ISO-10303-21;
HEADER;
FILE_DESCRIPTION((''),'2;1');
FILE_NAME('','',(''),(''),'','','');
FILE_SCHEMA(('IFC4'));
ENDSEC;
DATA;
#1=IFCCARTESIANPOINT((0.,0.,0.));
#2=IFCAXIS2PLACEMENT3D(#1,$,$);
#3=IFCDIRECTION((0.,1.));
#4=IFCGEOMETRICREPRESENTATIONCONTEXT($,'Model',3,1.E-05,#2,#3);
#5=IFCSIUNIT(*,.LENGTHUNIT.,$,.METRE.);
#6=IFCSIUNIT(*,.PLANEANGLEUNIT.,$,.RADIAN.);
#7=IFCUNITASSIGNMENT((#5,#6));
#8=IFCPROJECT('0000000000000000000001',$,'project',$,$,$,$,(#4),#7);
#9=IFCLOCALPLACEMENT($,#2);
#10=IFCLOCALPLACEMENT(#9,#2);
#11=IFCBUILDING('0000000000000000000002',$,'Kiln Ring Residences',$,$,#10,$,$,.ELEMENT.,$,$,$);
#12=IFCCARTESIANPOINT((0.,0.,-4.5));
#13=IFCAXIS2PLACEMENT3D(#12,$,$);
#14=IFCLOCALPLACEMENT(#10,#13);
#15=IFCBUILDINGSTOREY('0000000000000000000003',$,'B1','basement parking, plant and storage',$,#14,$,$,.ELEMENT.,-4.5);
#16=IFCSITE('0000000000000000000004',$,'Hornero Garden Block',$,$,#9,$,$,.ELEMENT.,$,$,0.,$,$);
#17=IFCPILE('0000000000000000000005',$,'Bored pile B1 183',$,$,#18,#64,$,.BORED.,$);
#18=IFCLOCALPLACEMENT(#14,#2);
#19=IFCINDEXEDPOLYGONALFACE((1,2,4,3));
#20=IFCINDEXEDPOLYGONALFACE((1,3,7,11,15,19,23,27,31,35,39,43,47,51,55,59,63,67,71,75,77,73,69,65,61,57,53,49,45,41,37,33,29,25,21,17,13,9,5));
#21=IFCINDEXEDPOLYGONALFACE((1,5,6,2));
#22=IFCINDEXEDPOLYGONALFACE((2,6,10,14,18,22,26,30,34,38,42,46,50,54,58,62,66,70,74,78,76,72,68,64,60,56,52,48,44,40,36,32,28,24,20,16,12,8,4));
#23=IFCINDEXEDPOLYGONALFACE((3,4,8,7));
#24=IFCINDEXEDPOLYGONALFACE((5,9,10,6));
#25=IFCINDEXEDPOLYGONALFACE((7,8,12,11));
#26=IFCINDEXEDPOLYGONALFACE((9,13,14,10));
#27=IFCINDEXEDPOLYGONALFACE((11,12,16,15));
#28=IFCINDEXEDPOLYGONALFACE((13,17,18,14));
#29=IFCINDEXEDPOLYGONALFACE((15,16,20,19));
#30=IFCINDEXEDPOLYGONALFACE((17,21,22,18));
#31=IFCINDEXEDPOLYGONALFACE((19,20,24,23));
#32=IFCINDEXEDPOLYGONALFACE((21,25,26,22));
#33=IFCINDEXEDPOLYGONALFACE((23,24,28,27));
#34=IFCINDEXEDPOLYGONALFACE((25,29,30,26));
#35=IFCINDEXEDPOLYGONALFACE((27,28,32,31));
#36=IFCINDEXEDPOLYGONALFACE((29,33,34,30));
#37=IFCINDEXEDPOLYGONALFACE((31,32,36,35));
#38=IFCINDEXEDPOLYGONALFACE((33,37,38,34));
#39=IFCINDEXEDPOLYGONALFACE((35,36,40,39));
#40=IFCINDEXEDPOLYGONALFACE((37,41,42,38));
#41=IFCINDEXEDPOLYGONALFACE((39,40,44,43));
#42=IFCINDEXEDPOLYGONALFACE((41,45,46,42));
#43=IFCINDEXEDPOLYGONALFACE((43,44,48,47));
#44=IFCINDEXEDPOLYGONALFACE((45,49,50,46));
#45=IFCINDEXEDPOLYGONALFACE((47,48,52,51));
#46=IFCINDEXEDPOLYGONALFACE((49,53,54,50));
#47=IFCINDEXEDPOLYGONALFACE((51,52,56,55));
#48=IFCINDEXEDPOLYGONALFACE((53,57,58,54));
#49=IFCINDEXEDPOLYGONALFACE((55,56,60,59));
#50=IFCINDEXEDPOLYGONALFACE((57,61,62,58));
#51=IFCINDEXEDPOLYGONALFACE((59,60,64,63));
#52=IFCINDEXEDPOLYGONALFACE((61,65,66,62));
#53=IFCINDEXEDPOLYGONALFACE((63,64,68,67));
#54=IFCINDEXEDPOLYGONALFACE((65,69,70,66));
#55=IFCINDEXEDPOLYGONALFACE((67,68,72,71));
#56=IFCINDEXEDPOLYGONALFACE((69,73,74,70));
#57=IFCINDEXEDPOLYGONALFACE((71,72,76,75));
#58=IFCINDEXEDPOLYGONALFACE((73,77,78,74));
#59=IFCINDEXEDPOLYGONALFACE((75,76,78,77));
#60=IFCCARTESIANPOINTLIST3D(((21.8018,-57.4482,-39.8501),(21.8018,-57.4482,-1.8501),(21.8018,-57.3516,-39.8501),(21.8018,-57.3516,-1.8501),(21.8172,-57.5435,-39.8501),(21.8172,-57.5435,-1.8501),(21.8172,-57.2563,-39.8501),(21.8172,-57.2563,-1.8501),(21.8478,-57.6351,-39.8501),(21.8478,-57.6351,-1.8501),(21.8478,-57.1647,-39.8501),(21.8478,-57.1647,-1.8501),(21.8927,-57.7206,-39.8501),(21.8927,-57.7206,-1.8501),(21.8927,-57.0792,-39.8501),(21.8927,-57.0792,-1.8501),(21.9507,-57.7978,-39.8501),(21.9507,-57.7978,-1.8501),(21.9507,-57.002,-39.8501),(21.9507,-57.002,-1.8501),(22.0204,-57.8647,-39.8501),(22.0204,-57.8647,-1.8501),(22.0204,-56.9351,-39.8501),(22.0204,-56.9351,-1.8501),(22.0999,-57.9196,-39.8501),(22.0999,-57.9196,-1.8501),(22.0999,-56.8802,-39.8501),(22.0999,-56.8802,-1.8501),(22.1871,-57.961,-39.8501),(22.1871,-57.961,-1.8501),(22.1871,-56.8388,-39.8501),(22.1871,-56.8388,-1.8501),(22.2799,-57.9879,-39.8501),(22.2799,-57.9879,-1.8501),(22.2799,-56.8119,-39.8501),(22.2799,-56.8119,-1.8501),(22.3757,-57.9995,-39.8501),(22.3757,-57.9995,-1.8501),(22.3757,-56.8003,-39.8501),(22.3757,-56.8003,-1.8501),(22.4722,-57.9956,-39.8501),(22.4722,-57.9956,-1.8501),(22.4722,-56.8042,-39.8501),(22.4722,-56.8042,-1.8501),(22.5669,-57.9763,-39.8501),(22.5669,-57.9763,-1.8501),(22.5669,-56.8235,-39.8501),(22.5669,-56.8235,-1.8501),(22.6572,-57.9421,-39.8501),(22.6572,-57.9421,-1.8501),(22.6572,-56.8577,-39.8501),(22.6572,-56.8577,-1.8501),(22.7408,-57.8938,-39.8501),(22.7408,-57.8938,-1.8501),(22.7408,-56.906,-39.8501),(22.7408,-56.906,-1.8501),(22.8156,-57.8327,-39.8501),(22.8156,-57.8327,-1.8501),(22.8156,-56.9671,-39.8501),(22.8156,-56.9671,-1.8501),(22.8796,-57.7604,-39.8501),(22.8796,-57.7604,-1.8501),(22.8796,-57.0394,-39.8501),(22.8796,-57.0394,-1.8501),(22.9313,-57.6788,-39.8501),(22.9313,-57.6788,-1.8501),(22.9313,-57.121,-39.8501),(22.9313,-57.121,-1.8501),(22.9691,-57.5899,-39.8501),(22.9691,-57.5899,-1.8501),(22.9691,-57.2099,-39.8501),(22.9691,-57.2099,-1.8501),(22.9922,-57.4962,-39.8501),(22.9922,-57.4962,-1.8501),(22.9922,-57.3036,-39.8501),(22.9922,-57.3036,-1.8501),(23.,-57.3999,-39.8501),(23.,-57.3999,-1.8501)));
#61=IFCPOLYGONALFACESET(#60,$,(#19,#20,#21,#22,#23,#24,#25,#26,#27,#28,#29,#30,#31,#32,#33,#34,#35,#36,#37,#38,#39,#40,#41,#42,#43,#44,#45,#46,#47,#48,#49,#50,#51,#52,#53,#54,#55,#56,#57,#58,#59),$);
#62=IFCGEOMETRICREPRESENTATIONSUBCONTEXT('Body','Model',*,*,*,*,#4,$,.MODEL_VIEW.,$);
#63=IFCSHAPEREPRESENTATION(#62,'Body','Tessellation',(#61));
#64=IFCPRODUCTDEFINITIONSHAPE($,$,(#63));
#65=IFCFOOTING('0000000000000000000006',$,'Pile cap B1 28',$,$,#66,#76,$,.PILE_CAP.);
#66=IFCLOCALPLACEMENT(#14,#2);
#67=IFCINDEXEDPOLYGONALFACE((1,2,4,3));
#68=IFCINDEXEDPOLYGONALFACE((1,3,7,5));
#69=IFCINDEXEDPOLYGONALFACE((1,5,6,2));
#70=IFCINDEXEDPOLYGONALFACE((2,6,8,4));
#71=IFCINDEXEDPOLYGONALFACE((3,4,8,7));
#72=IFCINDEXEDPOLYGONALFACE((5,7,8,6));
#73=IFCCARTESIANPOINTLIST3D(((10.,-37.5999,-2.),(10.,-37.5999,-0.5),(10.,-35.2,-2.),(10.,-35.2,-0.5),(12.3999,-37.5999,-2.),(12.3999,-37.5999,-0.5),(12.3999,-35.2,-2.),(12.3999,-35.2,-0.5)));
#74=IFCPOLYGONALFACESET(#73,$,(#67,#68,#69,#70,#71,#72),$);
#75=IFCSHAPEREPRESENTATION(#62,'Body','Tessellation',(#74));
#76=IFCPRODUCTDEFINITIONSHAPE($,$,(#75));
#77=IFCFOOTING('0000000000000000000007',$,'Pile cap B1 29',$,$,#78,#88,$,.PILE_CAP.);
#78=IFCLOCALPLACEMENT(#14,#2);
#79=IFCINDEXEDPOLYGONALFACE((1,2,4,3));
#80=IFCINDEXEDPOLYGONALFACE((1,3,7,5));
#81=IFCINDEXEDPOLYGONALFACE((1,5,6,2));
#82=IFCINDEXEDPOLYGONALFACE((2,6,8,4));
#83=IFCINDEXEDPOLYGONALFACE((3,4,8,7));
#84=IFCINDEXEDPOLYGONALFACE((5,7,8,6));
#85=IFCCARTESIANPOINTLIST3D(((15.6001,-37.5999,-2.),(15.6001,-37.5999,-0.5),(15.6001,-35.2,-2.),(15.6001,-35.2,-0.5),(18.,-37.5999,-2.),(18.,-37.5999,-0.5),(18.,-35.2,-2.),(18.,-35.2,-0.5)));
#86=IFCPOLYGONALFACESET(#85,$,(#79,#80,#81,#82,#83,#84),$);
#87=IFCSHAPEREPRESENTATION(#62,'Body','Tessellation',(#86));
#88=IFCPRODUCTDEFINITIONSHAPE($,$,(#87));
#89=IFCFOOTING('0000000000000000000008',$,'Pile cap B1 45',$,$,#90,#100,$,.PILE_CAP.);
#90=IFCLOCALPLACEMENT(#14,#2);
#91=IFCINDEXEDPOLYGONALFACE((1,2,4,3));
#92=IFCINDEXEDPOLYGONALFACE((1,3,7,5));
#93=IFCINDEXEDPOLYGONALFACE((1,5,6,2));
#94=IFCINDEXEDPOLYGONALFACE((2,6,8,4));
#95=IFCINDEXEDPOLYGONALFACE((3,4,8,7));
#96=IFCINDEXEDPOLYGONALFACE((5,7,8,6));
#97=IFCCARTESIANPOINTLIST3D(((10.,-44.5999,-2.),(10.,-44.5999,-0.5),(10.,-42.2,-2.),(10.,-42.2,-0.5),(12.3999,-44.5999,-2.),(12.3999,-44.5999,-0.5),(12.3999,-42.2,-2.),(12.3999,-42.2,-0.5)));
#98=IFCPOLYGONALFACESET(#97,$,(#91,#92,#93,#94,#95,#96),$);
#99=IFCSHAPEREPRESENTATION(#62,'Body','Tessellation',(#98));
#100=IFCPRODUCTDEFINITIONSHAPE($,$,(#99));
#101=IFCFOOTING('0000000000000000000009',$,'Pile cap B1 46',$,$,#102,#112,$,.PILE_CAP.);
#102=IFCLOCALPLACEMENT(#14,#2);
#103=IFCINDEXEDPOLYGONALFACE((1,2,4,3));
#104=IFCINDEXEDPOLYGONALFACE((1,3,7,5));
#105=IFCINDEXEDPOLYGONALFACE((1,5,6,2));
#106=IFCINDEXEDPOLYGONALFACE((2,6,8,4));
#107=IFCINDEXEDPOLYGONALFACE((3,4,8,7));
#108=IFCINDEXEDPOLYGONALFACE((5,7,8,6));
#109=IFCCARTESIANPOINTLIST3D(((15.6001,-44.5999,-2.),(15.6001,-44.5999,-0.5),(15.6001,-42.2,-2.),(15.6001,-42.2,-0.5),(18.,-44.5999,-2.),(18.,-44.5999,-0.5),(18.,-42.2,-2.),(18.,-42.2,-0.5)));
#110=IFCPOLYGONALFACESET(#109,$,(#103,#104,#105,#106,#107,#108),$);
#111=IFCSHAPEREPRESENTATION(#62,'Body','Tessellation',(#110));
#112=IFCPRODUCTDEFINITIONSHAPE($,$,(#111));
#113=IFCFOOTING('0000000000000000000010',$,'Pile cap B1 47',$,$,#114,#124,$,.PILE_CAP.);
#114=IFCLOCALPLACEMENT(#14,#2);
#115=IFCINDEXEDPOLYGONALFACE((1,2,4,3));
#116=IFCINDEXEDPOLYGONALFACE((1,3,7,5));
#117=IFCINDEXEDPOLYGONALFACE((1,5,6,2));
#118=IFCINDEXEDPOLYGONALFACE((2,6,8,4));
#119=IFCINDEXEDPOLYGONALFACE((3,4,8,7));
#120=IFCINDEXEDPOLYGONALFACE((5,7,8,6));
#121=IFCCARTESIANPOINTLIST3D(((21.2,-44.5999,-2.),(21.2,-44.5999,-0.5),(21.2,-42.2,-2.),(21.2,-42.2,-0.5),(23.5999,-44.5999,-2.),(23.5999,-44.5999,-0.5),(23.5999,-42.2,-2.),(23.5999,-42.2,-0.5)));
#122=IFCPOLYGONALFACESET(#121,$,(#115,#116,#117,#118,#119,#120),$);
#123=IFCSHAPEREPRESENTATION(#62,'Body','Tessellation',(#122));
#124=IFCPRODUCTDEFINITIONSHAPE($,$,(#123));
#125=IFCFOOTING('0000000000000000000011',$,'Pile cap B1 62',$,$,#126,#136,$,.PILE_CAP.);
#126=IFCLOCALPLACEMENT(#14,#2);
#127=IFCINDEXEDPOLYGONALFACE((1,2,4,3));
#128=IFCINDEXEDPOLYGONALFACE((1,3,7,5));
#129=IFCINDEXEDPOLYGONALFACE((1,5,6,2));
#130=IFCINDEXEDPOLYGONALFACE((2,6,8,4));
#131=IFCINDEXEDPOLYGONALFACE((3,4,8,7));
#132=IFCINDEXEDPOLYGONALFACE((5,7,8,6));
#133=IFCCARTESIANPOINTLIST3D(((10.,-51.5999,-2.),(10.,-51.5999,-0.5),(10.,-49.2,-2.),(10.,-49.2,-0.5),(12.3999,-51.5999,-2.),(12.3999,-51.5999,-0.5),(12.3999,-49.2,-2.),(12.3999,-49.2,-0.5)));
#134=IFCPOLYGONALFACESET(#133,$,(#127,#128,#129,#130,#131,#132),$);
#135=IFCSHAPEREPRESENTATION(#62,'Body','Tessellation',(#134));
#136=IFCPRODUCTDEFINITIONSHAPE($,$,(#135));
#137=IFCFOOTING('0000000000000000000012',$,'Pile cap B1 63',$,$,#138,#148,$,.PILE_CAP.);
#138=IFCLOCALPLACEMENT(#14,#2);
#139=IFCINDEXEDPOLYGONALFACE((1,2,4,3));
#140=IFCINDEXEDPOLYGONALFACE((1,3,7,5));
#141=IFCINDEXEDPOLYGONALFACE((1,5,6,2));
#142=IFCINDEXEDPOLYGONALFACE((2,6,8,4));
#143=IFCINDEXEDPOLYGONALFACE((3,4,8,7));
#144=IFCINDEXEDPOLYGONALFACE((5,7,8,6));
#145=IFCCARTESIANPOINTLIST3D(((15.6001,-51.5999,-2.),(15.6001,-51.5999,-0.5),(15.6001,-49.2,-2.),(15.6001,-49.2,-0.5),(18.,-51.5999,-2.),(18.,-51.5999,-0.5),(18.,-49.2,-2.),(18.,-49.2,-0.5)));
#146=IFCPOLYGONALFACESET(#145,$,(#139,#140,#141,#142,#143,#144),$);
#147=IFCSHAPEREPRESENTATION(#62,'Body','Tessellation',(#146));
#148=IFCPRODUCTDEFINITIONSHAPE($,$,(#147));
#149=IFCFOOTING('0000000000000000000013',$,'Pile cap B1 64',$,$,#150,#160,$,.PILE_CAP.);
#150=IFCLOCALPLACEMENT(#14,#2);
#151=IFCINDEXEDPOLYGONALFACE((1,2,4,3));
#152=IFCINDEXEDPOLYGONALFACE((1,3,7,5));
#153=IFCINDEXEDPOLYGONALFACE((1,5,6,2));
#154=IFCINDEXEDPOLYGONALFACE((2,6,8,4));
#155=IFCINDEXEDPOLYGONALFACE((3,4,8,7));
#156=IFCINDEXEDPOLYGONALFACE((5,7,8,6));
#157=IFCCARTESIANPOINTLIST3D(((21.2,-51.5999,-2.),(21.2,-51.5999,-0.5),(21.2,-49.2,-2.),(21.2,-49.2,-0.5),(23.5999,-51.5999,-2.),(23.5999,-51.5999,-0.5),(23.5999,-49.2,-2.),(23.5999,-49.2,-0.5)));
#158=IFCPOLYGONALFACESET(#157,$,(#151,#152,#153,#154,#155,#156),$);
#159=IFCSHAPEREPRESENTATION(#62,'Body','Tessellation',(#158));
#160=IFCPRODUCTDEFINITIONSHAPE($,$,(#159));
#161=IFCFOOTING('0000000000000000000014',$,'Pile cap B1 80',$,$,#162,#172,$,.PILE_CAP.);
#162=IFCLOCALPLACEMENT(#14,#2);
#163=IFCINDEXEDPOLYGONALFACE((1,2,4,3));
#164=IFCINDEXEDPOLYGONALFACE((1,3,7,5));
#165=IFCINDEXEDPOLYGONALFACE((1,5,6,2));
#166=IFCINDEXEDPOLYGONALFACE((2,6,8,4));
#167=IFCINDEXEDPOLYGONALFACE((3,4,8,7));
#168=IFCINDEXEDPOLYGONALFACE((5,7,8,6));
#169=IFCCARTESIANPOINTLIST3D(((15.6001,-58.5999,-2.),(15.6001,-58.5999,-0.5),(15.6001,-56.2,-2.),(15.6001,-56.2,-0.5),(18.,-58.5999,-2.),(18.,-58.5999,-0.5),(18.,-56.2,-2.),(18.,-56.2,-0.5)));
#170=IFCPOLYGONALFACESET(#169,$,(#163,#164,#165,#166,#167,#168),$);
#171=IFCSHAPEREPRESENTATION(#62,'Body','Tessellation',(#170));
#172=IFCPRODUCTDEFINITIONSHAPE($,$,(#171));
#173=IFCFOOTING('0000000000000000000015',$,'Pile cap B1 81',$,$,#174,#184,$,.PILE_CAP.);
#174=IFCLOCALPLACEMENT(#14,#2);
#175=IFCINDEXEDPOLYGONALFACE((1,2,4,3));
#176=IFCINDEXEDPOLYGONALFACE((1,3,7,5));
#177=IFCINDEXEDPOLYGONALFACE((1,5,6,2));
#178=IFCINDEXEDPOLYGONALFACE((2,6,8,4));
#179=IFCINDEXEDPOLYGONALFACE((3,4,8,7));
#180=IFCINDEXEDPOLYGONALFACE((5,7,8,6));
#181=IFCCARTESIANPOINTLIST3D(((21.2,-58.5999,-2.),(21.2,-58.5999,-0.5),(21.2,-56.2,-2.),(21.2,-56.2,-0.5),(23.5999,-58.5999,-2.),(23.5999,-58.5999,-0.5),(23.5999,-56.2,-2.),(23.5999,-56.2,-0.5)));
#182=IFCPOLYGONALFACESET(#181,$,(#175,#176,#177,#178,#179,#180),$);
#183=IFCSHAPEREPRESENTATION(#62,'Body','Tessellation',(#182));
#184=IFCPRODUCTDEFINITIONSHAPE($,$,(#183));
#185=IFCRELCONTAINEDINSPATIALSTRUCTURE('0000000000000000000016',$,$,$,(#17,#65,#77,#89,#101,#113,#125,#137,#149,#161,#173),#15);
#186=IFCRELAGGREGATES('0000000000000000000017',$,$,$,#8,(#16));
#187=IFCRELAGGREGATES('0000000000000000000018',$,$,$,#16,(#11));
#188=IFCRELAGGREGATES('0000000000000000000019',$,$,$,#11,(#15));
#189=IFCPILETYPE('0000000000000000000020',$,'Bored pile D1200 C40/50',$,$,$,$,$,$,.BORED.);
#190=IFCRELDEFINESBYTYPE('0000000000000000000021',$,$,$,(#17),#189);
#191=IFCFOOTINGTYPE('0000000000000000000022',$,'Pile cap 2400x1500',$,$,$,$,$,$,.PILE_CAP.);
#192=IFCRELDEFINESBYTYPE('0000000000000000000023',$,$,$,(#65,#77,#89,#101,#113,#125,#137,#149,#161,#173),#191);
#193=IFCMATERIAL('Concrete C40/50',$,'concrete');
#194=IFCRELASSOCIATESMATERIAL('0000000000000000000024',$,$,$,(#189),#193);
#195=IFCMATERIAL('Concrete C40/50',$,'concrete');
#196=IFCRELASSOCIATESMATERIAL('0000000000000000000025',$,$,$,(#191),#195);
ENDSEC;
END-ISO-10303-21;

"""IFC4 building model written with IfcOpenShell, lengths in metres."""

from ifc_helpers import new_model, si_unit, direction, frame, origin, origin_2d, place, context, subcontext, project, spatial, rectangle, circle, extrude, material, material_profile, profile_set, type_object, element, save


model = new_model("IFC4")

# Units and contexts
model_context = context("Model", 3, precision=1e-05, world=origin(), true_north=direction((0.0, 1.0)))
body_context = subcontext(model_context, "Body", "Model", "MODEL_VIEW")
ifc_project = project(units=[si_unit("LENGTHUNIT", "METRE"), si_unit("PLANEANGLEUNIT", "RADIAN")], contexts=[model_context])

# Site, building, storey
site_placement = place(None, origin())
site = spatial("IfcSite", under=ifc_project, at=site_placement, Name="Hornero Garden Block", CompositionType="ELEMENT", RefElevation=0.0)
building_placement = place(site_placement, origin())
building = spatial("IfcBuilding", under=site, at=building_placement, Name="Kiln Ring Residences", CompositionType="ELEMENT")
storey_placement = place(building_placement, frame((0.0, 0.0, -4.5)))
storey = spatial("IfcBuildingStorey", under=building, at=storey_placement, Name="B1", Description="basement parking, plant and storage", CompositionType="ELEMENT", Elevation=-4.5)

# Pile
ifc_material_1 = material(Name="Concrete C40/50", Category="concrete")
ifc_material_profile_1 = material_profile(ifc_material_1, circle(Radius=0.6001, at=origin_2d()), Name="BORED1200")
ifc_profile_set_1 = profile_set([ifc_material_profile_1], Name="Concrete C40/50")
pile_type = type_object("IfcPileType", Name="Bored pile D1200 C40/50", PredefinedType="BORED", material=ifc_profile_set_1)
for number, where, z_axis, x_axis, name in (
    (1, (22.3999, -57.3999, -1.8501), (0.0, 0.0, -1.0), (1.0, 0.0, 0.0), "Bored pile B1 183"),
):
    element("IfcPile", number, at=place(storey_placement, frame(where, z_axis=z_axis, x_axis=x_axis)), inside=storey, type_object=pile_type, Name=name, PredefinedType="BORED", context=body_context, shape_type="SweptSolid", body=[
        extrude(circle(Radius=0.6001, at=origin_2d()), origin(), (0.0, 0.0, 1.0), 38.0),
    ])

# Footings
ifc_material_2 = material(Name="Concrete C40/50", Category="concrete")
footing_type = type_object("IfcFootingType", Name="Pile cap 2400x1500", PredefinedType="PILE_CAP", material=ifc_material_2)
for number, where, z_axis, x_axis, name in (
    (2, (11.2, -36.3999, -2.0), (0.0, 0.0, 1.0), (1.0, 0.0, 0.0), "Pile cap B1 28"),
    (3, (16.8, -36.3999, -2.0), (0.0, 0.0, 1.0), (1.0, 0.0, 0.0), "Pile cap B1 29"),
    (4, (11.2, -43.3999, -2.0), (0.0, 0.0, 1.0), (1.0, 0.0, 0.0), "Pile cap B1 45"),
    (5, (16.8, -43.3999, -2.0), (0.0, 0.0, 1.0), (1.0, 0.0, 0.0), "Pile cap B1 46"),
    (6, (22.3999, -43.3999, -2.0), (0.0, 0.0, 1.0), (1.0, 0.0, 0.0), "Pile cap B1 47"),
    (7, (11.2, -50.3999, -2.0), (0.0, 0.0, 1.0), (1.0, 0.0, 0.0), "Pile cap B1 62"),
    (8, (16.8, -50.3999, -2.0), (0.0, 0.0, 1.0), (1.0, 0.0, 0.0), "Pile cap B1 63"),
    (9, (22.3999, -50.3999, -2.0), (0.0, 0.0, 1.0), (1.0, 0.0, 0.0), "Pile cap B1 64"),
    (10, (16.8, -57.3999, -2.0), (0.0, 0.0, 1.0), (1.0, 0.0, 0.0), "Pile cap B1 80"),
    (11, (22.3999, -57.3999, -2.0), (0.0, 0.0, 1.0), (1.0, 0.0, 0.0), "Pile cap B1 81"),
):
    element("IfcFooting", number, at=place(storey_placement, frame(where, z_axis=z_axis, x_axis=x_axis)), inside=storey, type_object=footing_type, Name=name, PredefinedType="PILE_CAP", context=body_context, shape_type="SweptSolid", body=[
        extrude(rectangle(XDim=2.3999, YDim=2.3999, at=origin_2d()), origin(), (0.0, 0.0, 1.0), 1.5),
    ])

save(model, "model.ifc")
